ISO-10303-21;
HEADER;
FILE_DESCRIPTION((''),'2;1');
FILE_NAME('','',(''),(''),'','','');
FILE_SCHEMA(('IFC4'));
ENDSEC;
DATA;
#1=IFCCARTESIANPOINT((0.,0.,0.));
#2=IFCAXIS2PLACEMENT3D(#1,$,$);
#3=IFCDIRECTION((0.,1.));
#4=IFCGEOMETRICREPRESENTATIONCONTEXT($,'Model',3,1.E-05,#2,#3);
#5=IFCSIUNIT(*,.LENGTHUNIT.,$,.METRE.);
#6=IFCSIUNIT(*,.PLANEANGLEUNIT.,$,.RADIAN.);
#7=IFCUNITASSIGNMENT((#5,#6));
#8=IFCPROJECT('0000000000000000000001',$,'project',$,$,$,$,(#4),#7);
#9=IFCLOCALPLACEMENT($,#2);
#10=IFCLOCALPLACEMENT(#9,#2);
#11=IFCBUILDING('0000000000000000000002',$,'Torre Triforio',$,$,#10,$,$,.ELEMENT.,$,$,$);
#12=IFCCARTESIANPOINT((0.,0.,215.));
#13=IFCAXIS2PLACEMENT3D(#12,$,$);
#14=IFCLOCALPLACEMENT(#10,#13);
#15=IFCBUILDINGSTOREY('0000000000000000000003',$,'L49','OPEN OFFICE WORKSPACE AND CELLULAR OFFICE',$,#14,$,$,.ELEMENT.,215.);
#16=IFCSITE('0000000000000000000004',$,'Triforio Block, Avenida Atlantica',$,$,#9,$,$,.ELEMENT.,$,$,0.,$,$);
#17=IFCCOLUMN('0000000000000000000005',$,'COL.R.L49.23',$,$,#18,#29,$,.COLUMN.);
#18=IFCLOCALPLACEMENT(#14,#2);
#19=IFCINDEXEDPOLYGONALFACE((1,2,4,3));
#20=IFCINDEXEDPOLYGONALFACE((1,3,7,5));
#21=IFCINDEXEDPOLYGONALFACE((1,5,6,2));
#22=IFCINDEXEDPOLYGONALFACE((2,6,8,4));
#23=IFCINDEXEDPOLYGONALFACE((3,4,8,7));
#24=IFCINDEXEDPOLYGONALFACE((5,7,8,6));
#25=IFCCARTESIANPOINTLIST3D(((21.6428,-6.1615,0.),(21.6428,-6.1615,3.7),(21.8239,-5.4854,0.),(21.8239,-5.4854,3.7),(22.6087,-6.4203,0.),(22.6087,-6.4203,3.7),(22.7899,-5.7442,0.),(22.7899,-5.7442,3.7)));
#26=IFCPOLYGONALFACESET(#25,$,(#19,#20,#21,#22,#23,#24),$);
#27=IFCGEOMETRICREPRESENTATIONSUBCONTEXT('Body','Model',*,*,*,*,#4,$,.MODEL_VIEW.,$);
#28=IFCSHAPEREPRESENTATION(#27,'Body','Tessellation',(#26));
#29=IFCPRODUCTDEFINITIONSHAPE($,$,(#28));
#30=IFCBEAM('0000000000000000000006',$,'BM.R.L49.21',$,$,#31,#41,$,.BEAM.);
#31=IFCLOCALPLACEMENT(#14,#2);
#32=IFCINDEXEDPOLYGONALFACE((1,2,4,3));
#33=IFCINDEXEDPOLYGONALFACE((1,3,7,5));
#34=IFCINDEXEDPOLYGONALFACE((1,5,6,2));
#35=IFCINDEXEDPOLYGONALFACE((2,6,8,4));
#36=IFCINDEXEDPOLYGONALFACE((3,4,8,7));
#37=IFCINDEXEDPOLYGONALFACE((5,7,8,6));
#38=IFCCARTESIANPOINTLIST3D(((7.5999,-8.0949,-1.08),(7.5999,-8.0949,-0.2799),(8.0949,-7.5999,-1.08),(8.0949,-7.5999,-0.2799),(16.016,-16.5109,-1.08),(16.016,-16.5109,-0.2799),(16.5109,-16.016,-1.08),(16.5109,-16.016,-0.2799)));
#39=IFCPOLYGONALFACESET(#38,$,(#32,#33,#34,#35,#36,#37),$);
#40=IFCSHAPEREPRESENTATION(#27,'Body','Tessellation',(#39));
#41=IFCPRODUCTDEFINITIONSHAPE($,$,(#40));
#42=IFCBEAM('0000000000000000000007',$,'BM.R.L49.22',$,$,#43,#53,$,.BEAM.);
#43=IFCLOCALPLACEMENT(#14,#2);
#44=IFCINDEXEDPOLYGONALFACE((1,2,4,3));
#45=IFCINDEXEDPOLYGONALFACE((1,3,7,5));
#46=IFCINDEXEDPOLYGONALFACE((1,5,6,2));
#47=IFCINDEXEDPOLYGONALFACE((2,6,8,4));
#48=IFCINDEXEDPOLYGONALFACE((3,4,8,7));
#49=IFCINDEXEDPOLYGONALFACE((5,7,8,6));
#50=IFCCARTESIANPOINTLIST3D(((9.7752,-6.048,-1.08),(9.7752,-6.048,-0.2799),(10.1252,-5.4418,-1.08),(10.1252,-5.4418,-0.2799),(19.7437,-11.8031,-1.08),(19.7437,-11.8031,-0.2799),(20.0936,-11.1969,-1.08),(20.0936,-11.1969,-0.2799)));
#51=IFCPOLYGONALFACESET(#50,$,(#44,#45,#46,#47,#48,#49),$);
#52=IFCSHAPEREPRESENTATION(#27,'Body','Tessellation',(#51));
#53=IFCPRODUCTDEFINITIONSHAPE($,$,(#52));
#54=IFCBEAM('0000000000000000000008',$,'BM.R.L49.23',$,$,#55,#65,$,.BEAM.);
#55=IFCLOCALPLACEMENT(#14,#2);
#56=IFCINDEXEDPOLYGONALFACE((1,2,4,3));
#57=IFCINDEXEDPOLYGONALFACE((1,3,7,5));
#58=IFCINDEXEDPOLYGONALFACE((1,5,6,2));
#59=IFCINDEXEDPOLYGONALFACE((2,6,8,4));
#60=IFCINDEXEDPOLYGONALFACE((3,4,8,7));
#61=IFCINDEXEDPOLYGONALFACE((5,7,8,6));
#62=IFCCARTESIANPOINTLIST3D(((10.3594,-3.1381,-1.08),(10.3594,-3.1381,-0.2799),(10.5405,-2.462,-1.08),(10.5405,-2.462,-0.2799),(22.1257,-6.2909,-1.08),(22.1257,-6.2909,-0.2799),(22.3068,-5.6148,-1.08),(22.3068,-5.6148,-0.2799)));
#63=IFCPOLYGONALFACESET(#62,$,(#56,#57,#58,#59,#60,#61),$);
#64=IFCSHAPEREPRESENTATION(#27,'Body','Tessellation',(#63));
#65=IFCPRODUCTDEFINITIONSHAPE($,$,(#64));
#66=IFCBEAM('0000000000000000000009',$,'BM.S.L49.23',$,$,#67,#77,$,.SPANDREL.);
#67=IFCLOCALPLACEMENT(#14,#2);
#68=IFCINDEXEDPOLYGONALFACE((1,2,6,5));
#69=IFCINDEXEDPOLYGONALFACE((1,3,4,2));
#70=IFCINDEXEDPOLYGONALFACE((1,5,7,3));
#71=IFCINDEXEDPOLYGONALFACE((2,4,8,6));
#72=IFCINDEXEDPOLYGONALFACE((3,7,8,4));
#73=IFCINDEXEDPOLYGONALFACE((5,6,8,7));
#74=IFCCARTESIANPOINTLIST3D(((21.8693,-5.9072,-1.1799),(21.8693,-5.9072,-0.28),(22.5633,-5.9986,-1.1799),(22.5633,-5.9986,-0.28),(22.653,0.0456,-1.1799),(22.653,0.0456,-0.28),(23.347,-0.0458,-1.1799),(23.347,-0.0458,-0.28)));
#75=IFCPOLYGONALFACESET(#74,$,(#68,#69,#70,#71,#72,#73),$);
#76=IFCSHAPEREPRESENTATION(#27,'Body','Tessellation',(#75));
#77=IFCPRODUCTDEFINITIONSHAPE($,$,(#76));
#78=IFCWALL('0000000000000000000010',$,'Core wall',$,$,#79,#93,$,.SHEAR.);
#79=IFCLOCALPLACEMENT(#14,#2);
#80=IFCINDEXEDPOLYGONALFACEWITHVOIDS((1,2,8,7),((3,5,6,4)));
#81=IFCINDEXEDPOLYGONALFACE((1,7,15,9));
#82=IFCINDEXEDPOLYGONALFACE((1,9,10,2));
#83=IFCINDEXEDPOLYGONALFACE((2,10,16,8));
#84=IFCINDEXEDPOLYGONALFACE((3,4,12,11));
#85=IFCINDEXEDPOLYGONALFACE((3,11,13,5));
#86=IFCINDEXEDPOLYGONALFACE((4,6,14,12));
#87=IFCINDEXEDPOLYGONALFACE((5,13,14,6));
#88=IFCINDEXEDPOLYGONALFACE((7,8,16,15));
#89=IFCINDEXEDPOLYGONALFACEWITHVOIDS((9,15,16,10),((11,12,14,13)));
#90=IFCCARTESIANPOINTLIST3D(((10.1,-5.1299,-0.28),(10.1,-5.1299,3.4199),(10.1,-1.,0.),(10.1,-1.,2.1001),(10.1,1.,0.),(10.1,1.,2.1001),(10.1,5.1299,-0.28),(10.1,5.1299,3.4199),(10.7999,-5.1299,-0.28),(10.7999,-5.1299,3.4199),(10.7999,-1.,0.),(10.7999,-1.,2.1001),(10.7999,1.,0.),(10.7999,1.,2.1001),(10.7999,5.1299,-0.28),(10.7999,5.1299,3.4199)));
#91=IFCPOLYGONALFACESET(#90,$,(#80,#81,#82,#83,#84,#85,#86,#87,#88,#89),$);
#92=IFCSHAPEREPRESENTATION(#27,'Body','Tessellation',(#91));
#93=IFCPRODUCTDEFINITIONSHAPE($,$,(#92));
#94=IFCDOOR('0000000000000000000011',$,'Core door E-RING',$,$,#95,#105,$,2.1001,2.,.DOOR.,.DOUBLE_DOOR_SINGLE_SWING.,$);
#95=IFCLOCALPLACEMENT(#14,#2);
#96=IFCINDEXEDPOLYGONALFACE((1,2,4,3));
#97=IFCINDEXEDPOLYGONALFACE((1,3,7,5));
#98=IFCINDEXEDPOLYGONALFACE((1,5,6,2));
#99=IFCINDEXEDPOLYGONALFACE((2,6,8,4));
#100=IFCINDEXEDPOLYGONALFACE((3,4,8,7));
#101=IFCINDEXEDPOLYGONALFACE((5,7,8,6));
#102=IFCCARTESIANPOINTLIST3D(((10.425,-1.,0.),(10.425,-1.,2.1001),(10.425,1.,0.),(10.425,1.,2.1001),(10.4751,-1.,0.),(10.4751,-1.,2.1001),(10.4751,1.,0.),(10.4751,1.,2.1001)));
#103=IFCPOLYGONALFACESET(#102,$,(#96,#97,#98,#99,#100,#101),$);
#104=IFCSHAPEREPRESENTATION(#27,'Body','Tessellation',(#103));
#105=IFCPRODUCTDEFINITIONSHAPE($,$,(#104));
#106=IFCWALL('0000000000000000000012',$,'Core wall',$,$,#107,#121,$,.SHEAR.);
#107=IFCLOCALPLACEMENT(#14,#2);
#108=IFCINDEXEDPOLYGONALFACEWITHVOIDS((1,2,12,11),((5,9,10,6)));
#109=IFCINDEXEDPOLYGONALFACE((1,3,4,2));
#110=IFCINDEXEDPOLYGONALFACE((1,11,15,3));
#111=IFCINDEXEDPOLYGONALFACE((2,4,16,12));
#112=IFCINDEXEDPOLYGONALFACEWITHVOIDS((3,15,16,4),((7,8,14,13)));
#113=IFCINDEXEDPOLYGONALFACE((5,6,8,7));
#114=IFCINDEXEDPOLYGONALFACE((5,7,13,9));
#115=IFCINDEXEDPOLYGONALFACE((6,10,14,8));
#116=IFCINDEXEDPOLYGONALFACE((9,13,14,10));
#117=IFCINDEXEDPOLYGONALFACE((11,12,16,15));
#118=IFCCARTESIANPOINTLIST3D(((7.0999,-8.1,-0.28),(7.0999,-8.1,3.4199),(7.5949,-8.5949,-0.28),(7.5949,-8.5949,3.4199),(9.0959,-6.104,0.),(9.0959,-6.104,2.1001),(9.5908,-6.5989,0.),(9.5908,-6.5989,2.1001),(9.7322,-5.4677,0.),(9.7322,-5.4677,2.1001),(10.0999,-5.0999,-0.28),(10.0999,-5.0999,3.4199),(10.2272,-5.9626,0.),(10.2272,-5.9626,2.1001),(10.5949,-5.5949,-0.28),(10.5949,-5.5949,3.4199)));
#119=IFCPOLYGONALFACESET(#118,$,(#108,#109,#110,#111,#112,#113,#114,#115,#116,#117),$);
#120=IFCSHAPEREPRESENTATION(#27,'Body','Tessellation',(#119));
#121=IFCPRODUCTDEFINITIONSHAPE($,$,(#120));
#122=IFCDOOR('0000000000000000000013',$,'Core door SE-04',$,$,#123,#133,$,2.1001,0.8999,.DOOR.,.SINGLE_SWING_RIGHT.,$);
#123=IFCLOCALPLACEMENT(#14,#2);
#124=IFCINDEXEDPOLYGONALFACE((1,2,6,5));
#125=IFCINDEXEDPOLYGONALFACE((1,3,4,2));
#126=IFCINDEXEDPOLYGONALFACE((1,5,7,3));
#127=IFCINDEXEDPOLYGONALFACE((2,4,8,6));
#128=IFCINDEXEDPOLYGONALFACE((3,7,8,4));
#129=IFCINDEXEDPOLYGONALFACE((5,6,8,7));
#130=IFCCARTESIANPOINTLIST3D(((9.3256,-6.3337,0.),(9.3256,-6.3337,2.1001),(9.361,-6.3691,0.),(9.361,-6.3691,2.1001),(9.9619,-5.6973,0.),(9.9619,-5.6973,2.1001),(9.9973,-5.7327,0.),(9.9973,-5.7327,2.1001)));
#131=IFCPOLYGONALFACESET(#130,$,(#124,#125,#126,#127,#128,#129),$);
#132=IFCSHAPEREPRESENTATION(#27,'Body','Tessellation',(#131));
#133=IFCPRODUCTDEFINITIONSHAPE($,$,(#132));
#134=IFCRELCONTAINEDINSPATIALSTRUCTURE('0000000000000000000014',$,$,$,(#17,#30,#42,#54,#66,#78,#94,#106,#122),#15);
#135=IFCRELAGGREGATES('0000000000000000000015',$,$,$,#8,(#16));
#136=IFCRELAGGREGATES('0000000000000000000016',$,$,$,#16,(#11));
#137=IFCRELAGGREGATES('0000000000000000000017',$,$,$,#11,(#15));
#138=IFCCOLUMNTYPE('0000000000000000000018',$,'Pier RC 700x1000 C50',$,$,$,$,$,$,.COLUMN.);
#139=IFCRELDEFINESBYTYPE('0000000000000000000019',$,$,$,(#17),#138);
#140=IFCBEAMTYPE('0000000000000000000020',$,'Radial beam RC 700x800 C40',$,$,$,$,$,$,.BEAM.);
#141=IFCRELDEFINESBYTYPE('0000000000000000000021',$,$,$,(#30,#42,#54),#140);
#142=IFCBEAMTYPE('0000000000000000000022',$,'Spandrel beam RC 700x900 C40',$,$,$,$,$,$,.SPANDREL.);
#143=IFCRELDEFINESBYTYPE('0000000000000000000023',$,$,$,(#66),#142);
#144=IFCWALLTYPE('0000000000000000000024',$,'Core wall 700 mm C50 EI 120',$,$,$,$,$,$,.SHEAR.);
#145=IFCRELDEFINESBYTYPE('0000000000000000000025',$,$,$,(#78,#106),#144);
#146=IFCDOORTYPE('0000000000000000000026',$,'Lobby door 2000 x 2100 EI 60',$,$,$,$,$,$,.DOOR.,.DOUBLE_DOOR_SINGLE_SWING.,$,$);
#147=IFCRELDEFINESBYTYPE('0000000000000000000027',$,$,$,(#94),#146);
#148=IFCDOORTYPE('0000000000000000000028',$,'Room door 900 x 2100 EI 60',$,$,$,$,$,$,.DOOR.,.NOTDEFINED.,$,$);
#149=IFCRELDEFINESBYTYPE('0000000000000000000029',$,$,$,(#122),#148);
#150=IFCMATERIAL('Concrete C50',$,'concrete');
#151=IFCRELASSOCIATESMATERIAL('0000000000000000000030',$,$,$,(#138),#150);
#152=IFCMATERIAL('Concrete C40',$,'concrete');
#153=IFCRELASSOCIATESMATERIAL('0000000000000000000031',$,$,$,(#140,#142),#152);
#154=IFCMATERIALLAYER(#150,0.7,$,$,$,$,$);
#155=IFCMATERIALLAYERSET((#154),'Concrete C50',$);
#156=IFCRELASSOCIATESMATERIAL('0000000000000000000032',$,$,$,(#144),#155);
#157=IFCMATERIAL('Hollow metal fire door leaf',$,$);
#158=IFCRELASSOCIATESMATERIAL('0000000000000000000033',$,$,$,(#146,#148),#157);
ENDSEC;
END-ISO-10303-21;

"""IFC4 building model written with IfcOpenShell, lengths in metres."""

from ifc_helpers import new_model, si_unit, direction, frame, frame_2d, origin, origin_2d, place, context, subcontext, project, spatial, rectangle, extrude, material, layer, layer_set, material_profile, profile_set, type_object, element, fill, save


model = new_model("IFC4")

# Units and contexts
model_context = context("Model", 3, precision=1e-05, world=origin(), true_north=direction((0.0, 1.0)))
body_context = subcontext(model_context, "Body", "Model", "MODEL_VIEW")
ifc_project = project(units=[si_unit("LENGTHUNIT", "METRE"), si_unit("PLANEANGLEUNIT", "RADIAN")], contexts=[model_context])

# Site, building, storey
site_placement = place(None, origin())
site = spatial("IfcSite", under=ifc_project, at=site_placement, Name="Triforio Block, Avenida Atlantica", CompositionType="ELEMENT", RefElevation=0.0)
building_placement = place(site_placement, origin())
building = spatial("IfcBuilding", under=site, at=building_placement, Name="Torre Triforio", CompositionType="ELEMENT")
storey_placement = place(building_placement, frame((0.0, 0.0, 215.0)))
storey = spatial("IfcBuildingStorey", under=building, at=storey_placement, Name="L49", Description="OPEN OFFICE WORKSPACE AND CELLULAR OFFICE", CompositionType="ELEMENT", Elevation=215.0)

# Column
ifc_material_1 = material(Name="Concrete C50", Category="concrete")
ifc_material_profile_1 = material_profile(ifc_material_1, rectangle(XDim=0.7, YDim=1.0, at=origin_2d()), Name="RC 700x1000")
ifc_profile_set_1 = profile_set([ifc_material_profile_1], Name="Concrete C50")
column_type = type_object("IfcColumnType", Name="Pier RC 700x1000 C50", PredefinedType="COLUMN", material=ifc_profile_set_1)
column_placement = place(storey_placement, frame((22.2163, -5.9529, 0.0), z_axis=(0.0, 0.0, 1.0), x_axis=(0.258819, 0.965926, 0.0)))
element("IfcColumn", 1, at=column_placement, inside=storey, type_object=column_type, Name="COL.R.L49.23", PredefinedType="COLUMN", context=body_context, shape_type="SweptSolid", body=[
    extrude(rectangle(XDim=0.7, YDim=1.0, at=origin_2d()), origin(), (0.0, 0.0, 1.0), 3.7),
])

# Beams
ifc_material_2 = material(Name="Concrete C40", Category="concrete")
ifc_material_profile_2 = material_profile(ifc_material_2, rectangle(XDim=0.7, YDim=0.8, at=origin_2d()), Name="RC 700x800")
ifc_profile_set_2 = profile_set([ifc_material_profile_2], Name="Concrete C40")
beam_type_1 = type_object("IfcBeamType", Name="Radial beam RC 700x800 C40", PredefinedType="BEAM", material=ifc_profile_set_2)
beam_1_placement = place(storey_placement, frame((7.8474, -7.8474, -0.6799), z_axis=(0.707107, -0.707107, 0.0), x_axis=(0.707107, 0.707107, 0.0)))
element("IfcBeam", 2, at=beam_1_placement, inside=storey, type_object=beam_type_1, Name="BM.R.L49.21", PredefinedType="BEAM", context=body_context, shape_type="SweptSolid", body=[
    extrude(rectangle(XDim=0.7, YDim=0.8, at=origin_2d()), origin(), (0.0, 0.0, 1.0), 11.9021),
])
beam_2_placement = place(storey_placement, frame((9.9502, -5.7449, -0.6799), z_axis=(0.866033, -0.499987, 0.0), x_axis=(0.499987, 0.866033, 0.0)))
element("IfcBeam", 3, at=beam_2_placement, inside=storey, type_object=beam_type_1, Name="BM.R.L49.22", PredefinedType="BEAM", context=body_context, shape_type="SweptSolid", body=[
    extrude(rectangle(XDim=0.7, YDim=0.8, at=origin_2d()), origin(), (0.0, 0.0, 1.0), 11.5105),
])
beam_3_placement = place(storey_placement, frame((10.45, -2.8, -0.6799), z_axis=(0.965925, -0.258823, 0.0), x_axis=(0.258823, 0.965925, 0.0)))
element("IfcBeam", 4, at=beam_3_placement, inside=storey, type_object=beam_type_1, Name="BM.R.L49.23", PredefinedType="BEAM", context=body_context, shape_type="SweptSolid", body=[
    extrude(rectangle(XDim=0.7, YDim=0.8, at=origin_2d()), origin(), (0.0, 0.0, 1.0), 12.1814),
])
ifc_material_profile_3 = material_profile(ifc_material_2, rectangle(XDim=0.7, YDim=0.8999, at=origin_2d()), Name="RC 700x900")
ifc_profile_set_3 = profile_set([ifc_material_profile_3], Name="Concrete C40")
beam_type_2 = type_object("IfcBeamType", Name="Spandrel beam RC 700x900 C40", PredefinedType="SPANDREL", material=ifc_profile_set_3)
beam_4_placement = place(storey_placement, frame((22.2163, -5.9529, -0.73), z_axis=(0.130523, 0.991445, 0.0), x_axis=(-0.991445, 0.130523, 0.0)))
element("IfcBeam", 5, at=beam_4_placement, inside=storey, type_object=beam_type_2, Name="BM.S.L49.23", PredefinedType="SPANDREL", context=body_context, shape_type="SweptSolid", body=[
    extrude(rectangle(XDim=0.7, YDim=0.8999, at=origin_2d()), origin(), (0.0, 0.0, 1.0), 6.0042),
])

# Walls, openings, doors
ifc_layer_1 = layer(ifc_material_1, 0.7)
ifc_layer_set_1 = layer_set([ifc_layer_1], Name="Concrete C50")
wall_type_1 = type_object("IfcWallType", Name="Core wall 700 mm C50 EI 120", PredefinedType="SHEAR", material=ifc_layer_set_1)
wall_1_placement = place(storey_placement, frame((10.45, -5.1299, -0.28), z_axis=(0.0, 0.0, 1.0), x_axis=(0.0, 1.0, 0.0)))
wall_1 = element("IfcWall", 6, at=wall_1_placement, inside=storey, type_object=wall_type_1, Name="Core wall", PredefinedType="SHEAR", context=body_context, shape_type="SweptSolid", body=[
    extrude(rectangle(XDim=10.2598, YDim=0.7, at=frame_2d((5.1299, 0.0))), origin(), (0.0, 0.0, 1.0), 3.7),
])
opening_1_placement = place(wall_1_placement, frame((4.1299, 0.0, 0.28)))
opening_1 = element("IfcOpeningElement", 7, at=opening_1_placement, cuts=wall_1, PredefinedType="OPENING", context=body_context, shape_type="SweptSolid", body=[
    extrude(rectangle(XDim=2.0, YDim=2.1001, at=frame_2d((1.0, 1.05))), frame((0.0, 0.3599, 0.0), z_axis=(0.0, -1.0, 0.0), x_axis=(1.0, 0.0, 0.0)), (0.0, 0.0, 1.0), 0.72),
])
ifc_material_3 = material(Name="Hollow metal fire door leaf")
door_type_1 = type_object("IfcDoorType", Name="Lobby door 2000 x 2100 EI 60", OperationType="DOUBLE_DOOR_SINGLE_SWING", PredefinedType="DOOR", material=ifc_material_3)
door_1_placement = place(opening_1_placement, origin())
door_1 = element("IfcDoor", 8, at=door_1_placement, inside=storey, type_object=door_type_1, Name="Core door E-RING", OperationType="DOUBLE_DOOR_SINGLE_SWING", OverallHeight=2.1001, OverallWidth=2.0, PredefinedType="DOOR", context=body_context, shape_type="SweptSolid", body=[
    extrude(rectangle(XDim=2.0, YDim=2.1001, at=frame_2d((1.0, 1.05))), frame((0.0, 0.0249, 0.0), z_axis=(0.0, -1.0, 0.0), x_axis=(1.0, 0.0, 0.0)), (0.0, 0.0, 1.0), 0.05),
])
fill(opening_1, door_1)
wall_2_placement = place(storey_placement, frame((10.3474, -5.3474, -0.28), z_axis=(0.0, 0.0, 1.0), x_axis=(-0.707107, -0.707107, 0.0)))
wall_2 = element("IfcWall", 9, at=wall_2_placement, inside=storey, type_object=wall_type_1, Name="Core wall", PredefinedType="SHEAR", context=body_context, shape_type="SweptSolid", body=[
    extrude(rectangle(XDim=4.2427, YDim=0.7, at=frame_2d((2.1213, 0.0))), origin(), (0.0, 0.0, 1.0), 3.7),
])
opening_2_placement = place(wall_2_placement, frame((0.52, 0.0, 0.28)))
opening_2 = element("IfcOpeningElement", 10, at=opening_2_placement, cuts=wall_2, PredefinedType="OPENING", context=body_context, shape_type="SweptSolid", body=[
    extrude(rectangle(XDim=0.8999, YDim=2.1001, at=frame_2d((0.45, 1.05))), frame((0.0, 0.3599, 0.0), z_axis=(0.0, -1.0, 0.0), x_axis=(1.0, 0.0, 0.0)), (0.0, 0.0, 1.0), 0.72),
])
door_type_2 = type_object("IfcDoorType", Name="Room door 900 x 2100 EI 60", OperationType="NOTDEFINED", PredefinedType="DOOR", material=ifc_material_3)
door_2_placement = place(opening_2_placement, origin())
door_2 = element("IfcDoor", 11, at=door_2_placement, inside=storey, type_object=door_type_2, Name="Core door SE-04", OperationType="SINGLE_SWING_RIGHT", OverallHeight=2.1001, OverallWidth=0.8999, PredefinedType="DOOR", context=body_context, shape_type="SweptSolid", body=[
    extrude(rectangle(XDim=0.8999, YDim=2.1001, at=frame_2d((0.45, 1.05))), frame((0.0, 0.0249, 0.0), z_axis=(0.0, -1.0, 0.0), x_axis=(1.0, 0.0, 0.0)), (0.0, 0.0, 1.0), 0.05),
])
fill(opening_2, door_2)

save(model, "model.ifc")
